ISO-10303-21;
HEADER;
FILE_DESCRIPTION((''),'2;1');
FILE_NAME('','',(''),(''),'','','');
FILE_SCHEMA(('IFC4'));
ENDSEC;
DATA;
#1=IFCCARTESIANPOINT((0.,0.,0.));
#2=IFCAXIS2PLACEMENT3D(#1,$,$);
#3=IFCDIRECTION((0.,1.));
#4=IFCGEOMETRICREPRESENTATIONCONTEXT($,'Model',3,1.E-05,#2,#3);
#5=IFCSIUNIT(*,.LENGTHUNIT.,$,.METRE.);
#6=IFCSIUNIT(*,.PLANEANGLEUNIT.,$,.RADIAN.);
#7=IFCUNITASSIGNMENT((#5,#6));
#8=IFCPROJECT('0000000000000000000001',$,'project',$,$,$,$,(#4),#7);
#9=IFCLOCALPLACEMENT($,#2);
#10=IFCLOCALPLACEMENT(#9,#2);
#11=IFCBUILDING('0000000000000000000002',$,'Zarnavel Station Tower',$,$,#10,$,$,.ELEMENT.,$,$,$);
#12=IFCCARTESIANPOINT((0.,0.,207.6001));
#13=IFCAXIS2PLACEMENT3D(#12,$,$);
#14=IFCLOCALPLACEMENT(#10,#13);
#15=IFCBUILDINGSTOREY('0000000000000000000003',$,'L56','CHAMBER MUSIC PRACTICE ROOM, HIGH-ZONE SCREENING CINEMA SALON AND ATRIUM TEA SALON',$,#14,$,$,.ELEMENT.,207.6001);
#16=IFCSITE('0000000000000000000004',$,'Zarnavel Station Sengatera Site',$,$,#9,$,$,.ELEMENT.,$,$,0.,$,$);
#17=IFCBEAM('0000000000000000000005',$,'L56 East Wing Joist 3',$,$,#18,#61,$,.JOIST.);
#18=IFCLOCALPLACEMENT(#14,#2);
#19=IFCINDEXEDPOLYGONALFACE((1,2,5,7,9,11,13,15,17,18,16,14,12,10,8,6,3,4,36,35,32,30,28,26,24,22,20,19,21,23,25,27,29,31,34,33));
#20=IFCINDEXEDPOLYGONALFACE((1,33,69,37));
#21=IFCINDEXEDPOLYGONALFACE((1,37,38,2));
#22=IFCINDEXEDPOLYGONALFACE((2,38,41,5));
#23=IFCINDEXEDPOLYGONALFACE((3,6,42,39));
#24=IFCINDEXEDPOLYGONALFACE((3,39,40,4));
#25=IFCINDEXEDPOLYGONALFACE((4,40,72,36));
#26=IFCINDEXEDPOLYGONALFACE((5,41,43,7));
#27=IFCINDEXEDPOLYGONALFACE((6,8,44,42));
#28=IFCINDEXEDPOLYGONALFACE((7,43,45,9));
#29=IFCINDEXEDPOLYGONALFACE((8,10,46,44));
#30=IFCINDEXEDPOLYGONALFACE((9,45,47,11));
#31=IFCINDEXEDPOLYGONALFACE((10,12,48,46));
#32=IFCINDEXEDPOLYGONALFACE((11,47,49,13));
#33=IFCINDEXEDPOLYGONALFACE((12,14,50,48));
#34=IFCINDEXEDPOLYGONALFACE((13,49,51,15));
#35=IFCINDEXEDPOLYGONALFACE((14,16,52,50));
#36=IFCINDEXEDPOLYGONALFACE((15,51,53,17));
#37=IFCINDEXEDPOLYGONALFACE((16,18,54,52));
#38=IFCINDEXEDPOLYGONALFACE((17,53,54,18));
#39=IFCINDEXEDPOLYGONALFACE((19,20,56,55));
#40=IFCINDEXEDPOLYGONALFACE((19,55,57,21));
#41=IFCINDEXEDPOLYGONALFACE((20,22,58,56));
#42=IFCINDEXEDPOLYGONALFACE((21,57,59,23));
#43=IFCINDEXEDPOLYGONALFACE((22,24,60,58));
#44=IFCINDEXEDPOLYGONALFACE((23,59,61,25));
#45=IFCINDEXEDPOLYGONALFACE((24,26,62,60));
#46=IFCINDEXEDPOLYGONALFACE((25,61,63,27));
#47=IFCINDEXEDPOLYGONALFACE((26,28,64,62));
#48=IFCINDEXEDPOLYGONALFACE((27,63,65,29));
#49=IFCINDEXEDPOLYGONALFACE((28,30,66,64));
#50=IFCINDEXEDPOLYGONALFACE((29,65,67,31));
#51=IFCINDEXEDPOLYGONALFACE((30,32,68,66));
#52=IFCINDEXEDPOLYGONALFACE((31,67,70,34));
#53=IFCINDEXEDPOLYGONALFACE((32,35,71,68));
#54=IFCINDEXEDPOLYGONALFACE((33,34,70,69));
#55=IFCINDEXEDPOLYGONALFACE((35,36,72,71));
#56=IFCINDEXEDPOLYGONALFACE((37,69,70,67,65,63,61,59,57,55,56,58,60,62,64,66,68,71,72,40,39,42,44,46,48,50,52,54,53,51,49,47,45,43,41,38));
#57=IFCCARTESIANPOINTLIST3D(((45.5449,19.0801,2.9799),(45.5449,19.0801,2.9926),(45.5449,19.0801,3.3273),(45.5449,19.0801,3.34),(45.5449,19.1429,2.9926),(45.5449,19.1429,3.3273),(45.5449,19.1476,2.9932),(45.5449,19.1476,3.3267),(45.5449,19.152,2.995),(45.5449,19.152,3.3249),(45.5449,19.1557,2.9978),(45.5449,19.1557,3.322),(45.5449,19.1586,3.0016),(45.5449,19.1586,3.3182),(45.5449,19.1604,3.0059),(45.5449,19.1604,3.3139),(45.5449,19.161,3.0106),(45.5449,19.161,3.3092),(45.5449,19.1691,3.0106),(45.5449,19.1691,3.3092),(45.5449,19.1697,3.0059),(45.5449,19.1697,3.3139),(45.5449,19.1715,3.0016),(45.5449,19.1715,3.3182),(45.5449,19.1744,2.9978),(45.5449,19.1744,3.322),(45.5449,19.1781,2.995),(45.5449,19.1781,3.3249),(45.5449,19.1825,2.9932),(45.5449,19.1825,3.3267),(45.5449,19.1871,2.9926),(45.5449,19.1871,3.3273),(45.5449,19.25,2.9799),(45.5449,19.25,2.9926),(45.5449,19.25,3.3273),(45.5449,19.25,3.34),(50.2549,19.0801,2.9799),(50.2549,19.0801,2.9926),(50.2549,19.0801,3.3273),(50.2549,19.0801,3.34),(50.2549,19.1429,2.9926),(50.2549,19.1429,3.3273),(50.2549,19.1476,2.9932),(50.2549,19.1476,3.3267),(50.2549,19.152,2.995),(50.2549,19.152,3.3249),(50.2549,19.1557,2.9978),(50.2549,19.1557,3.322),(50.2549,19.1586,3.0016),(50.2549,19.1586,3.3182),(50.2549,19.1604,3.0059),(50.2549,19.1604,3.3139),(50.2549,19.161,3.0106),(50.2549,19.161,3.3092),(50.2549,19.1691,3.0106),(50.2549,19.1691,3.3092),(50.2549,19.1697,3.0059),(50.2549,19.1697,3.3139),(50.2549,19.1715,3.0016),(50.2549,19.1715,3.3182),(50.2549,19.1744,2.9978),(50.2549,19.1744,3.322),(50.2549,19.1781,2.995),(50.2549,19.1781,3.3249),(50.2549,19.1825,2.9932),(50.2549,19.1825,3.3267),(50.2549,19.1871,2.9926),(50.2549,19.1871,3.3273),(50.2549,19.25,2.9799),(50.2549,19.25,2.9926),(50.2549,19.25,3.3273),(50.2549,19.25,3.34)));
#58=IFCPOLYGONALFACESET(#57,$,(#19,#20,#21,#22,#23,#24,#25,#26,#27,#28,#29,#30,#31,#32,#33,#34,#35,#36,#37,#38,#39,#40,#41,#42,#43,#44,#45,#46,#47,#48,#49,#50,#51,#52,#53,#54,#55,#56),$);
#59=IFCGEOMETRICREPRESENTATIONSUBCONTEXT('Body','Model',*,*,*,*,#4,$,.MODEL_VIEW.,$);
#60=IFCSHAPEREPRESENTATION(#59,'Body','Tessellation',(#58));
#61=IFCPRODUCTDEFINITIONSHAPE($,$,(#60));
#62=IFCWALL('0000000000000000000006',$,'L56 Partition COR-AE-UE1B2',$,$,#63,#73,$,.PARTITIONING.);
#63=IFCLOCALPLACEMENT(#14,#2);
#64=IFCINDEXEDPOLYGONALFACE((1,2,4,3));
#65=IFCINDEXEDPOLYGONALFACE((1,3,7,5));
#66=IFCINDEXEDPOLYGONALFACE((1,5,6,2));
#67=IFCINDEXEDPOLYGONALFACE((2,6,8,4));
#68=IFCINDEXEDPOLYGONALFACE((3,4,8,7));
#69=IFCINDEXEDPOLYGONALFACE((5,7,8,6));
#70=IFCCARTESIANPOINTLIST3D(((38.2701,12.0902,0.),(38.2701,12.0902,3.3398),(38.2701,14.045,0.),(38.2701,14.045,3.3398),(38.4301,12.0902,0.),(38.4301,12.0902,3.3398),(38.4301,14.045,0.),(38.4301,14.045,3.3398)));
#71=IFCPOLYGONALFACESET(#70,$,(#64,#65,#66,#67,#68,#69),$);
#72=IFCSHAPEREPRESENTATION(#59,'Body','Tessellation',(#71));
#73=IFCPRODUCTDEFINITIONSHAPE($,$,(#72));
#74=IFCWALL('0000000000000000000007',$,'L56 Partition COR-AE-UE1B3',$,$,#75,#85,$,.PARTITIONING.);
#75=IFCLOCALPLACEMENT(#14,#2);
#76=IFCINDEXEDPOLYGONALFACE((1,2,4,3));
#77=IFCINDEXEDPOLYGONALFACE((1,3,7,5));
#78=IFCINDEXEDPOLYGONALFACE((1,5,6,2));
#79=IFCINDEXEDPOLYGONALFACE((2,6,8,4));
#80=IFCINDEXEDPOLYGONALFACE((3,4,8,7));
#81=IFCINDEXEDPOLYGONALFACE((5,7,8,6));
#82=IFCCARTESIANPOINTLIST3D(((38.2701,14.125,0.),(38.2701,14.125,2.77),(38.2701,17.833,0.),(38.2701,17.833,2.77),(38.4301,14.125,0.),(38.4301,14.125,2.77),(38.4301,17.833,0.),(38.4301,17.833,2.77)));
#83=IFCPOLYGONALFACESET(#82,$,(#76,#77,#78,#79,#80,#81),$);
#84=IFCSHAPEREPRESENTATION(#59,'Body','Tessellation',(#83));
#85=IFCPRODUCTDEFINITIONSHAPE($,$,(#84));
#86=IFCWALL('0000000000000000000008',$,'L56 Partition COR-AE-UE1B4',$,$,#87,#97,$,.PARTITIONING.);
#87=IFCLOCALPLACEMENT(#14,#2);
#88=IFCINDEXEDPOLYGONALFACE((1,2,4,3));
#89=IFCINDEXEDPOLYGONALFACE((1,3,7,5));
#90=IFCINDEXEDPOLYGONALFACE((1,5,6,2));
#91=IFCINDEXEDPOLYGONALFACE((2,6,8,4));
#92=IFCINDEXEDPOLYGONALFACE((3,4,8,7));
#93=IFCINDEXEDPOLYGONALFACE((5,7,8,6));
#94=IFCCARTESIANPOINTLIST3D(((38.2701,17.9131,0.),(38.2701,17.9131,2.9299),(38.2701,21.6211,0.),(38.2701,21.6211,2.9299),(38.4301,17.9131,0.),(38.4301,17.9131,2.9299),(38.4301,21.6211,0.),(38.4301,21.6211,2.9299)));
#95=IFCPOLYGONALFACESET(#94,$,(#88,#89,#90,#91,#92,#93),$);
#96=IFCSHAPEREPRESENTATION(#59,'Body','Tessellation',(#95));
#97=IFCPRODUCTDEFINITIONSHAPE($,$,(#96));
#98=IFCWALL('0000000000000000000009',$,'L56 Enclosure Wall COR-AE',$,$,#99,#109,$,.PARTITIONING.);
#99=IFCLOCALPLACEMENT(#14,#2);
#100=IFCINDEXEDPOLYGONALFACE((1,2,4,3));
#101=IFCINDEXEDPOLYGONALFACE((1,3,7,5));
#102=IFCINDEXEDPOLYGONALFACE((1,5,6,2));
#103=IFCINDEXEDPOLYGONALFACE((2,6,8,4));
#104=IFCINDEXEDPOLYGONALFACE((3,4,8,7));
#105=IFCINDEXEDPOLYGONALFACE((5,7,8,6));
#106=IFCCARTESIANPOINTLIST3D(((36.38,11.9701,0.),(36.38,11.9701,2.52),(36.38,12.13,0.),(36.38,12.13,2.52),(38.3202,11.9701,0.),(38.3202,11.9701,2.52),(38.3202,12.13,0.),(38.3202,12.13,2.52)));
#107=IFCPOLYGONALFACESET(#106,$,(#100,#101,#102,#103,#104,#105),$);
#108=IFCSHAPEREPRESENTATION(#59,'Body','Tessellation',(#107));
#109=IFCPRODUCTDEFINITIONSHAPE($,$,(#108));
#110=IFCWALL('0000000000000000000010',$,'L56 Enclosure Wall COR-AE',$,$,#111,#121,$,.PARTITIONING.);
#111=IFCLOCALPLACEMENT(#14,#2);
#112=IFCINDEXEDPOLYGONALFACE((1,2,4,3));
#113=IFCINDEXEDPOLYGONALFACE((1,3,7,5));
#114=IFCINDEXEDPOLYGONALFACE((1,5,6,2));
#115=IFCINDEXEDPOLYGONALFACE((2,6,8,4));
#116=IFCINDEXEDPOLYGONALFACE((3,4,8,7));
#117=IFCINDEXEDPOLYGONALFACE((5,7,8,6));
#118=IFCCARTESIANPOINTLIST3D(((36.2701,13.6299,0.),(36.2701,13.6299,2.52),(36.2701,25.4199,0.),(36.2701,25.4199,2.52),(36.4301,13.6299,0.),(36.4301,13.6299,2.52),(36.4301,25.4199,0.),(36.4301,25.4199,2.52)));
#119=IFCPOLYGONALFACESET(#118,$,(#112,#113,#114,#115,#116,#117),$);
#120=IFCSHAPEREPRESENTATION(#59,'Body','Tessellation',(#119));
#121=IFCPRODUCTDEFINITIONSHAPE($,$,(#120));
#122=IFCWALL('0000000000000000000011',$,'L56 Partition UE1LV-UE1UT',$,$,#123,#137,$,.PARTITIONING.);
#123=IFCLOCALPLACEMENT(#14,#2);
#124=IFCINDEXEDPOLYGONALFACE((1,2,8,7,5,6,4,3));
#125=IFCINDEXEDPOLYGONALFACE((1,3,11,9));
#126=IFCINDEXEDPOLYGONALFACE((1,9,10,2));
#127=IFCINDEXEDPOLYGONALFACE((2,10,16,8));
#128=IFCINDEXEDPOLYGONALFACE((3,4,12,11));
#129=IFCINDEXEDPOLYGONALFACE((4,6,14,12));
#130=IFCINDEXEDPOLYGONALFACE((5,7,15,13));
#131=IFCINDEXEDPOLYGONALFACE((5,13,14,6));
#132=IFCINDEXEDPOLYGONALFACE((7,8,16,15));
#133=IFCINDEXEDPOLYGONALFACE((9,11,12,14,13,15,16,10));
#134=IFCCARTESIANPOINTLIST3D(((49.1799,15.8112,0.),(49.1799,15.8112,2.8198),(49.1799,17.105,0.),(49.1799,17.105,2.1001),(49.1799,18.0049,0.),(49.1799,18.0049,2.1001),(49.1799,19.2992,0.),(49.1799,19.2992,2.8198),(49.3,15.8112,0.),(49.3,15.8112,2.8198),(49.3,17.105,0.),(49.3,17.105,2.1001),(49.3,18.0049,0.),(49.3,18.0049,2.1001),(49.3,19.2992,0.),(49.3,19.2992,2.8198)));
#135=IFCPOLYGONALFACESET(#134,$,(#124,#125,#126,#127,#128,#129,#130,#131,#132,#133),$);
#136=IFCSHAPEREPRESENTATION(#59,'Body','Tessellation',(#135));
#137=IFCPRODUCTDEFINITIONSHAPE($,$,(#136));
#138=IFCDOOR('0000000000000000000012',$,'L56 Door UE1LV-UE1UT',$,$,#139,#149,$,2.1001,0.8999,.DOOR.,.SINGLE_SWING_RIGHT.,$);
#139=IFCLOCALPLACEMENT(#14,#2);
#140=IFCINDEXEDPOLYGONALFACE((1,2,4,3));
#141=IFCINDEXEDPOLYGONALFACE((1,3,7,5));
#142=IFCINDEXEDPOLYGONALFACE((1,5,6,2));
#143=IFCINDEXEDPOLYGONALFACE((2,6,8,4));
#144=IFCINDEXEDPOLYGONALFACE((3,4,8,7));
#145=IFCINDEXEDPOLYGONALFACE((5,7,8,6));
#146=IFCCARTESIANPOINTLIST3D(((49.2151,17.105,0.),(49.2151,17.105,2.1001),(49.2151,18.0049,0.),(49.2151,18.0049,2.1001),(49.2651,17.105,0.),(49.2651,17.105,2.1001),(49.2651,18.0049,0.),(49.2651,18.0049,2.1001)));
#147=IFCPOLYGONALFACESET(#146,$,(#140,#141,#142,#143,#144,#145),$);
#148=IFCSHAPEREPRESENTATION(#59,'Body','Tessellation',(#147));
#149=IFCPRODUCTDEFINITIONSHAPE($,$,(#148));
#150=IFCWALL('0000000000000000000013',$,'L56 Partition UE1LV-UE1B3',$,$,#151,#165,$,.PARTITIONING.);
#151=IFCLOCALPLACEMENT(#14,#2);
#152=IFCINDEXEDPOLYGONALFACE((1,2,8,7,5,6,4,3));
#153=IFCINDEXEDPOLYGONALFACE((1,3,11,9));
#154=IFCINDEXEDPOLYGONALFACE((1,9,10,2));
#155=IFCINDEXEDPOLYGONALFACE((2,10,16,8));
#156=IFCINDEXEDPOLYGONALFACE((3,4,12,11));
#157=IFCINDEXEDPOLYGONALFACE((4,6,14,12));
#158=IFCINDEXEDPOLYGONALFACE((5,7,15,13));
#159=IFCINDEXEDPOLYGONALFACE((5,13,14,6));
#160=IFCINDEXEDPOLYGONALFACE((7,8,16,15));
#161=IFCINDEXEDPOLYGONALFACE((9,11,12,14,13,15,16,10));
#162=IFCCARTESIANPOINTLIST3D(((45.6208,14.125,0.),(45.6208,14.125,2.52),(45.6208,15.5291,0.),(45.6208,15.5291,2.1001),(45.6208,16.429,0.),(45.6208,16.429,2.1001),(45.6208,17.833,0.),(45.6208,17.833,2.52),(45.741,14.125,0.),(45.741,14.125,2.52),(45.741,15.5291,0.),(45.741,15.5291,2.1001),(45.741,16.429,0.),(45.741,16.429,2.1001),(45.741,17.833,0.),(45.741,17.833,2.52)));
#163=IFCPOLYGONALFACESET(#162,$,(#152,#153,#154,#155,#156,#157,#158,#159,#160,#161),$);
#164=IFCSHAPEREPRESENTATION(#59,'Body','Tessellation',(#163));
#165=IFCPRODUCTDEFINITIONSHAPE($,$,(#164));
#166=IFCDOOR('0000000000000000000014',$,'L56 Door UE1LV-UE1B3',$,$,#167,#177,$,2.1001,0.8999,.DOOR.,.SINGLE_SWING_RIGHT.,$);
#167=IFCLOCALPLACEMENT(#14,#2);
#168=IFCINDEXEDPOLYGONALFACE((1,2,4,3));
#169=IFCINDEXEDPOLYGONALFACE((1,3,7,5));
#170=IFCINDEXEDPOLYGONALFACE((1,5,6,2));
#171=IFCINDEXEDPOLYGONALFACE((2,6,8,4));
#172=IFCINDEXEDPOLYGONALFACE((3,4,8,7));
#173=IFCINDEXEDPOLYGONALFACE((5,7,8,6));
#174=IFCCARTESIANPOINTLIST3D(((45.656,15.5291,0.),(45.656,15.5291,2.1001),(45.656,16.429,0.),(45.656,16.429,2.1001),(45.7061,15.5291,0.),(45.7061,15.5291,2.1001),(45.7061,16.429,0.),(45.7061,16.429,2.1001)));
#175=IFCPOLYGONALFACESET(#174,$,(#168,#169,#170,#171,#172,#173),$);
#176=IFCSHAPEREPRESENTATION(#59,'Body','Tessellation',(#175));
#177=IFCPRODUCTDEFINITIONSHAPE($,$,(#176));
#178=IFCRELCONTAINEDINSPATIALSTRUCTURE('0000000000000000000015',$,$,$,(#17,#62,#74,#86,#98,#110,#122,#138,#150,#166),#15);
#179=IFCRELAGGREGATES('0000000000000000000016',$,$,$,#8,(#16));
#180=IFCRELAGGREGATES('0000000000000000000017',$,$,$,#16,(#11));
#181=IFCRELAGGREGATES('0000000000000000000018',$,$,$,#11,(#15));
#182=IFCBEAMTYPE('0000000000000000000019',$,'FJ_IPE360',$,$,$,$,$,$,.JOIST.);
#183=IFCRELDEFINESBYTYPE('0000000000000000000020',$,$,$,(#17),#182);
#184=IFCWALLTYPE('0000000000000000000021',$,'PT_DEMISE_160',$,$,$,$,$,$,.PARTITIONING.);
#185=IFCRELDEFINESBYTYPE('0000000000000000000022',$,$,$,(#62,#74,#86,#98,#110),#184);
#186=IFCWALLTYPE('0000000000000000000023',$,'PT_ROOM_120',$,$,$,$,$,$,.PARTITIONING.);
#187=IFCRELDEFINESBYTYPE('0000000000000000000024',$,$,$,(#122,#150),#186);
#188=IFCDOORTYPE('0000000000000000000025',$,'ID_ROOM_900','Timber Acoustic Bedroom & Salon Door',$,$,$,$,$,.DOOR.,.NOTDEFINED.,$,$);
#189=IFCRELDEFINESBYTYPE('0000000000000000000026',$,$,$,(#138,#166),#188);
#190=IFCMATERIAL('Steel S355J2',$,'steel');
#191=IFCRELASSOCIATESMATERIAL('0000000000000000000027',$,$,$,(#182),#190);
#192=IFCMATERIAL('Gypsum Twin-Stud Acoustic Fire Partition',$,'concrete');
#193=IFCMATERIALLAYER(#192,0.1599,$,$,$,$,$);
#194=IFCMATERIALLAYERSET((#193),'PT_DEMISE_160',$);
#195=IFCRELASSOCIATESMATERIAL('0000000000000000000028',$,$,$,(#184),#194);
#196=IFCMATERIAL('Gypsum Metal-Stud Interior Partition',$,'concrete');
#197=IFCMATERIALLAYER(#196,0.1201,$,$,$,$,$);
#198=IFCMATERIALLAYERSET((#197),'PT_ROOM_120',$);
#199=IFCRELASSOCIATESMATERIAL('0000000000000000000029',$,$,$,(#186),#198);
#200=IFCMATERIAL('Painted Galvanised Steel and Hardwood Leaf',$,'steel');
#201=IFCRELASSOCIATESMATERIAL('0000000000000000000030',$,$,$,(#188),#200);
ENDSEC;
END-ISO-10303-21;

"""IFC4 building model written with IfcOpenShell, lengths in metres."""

from ifc_helpers import new_model, si_unit, direction, frame, frame_2d, origin, origin_2d, place, context, subcontext, project, spatial, rectangle, i_section, extrude, material, layer, layer_set, material_profile, profile_set, type_object, element, fill, save


model = new_model("IFC4")

# Units and contexts
model_context = context("Model", 3, precision=1e-05, world=origin(), true_north=direction((0.0, 1.0)))
body_context = subcontext(model_context, "Body", "Model", "MODEL_VIEW")
ifc_project = project(units=[si_unit("LENGTHUNIT", "METRE"), si_unit("PLANEANGLEUNIT", "RADIAN")], contexts=[model_context])

# Site, building, storey
site_placement = place(None, origin())
site = spatial("IfcSite", under=ifc_project, at=site_placement, Name="Zarnavel Station Sengatera Site", CompositionType="ELEMENT", RefElevation=0.0)
building_placement = place(site_placement, origin())
building = spatial("IfcBuilding", under=site, at=building_placement, Name="Zarnavel Station Tower", CompositionType="ELEMENT")
storey_placement = place(building_placement, frame((0.0, 0.0, 207.6001)))
storey = spatial("IfcBuildingStorey", under=building, at=storey_placement, Name="L56", Description="CHAMBER MUSIC PRACTICE ROOM, HIGH-ZONE SCREENING CINEMA SALON AND ATRIUM TEA SALON", CompositionType="ELEMENT", Elevation=207.6001)

# Beam
ifc_material_1 = material(Name="Steel S355J2", Category="steel")
ifc_material_profile_1 = material_profile(ifc_material_1, i_section(OverallWidth=0.1699, OverallDepth=0.3601, WebThickness=0.0081, FlangeThickness=0.0127, FilletRadius=0.0181, at=origin_2d()), Name="IPE360")
ifc_profile_set_1 = profile_set([ifc_material_profile_1], Name="Steel S355J2")
beam_type_1 = type_object("IfcBeamType", Name="FJ_IPE360", PredefinedType="JOIST", material=ifc_profile_set_1)
for number, where, z_axis, x_axis, name in (
    (1, (45.5449, 19.165, 3.1599), (1.0, 0.0, 0.0), (0.0, 1.0, 0.0), "L56 East Wing Joist 3"),
):
    element("IfcBeam", number, at=place(storey_placement, frame(where, z_axis=z_axis, x_axis=x_axis)), inside=storey, type_object=beam_type_1, Name=name, PredefinedType="JOIST", context=body_context, shape_type="SweptSolid", body=[
        extrude(i_section(OverallWidth=0.1699, OverallDepth=0.3601, WebThickness=0.0081, FlangeThickness=0.0127, FilletRadius=0.0181, at=origin_2d()), origin(), (0.0, 0.0, 1.0), 4.71),
    ])

# Walls
ifc_material_2 = material(Name="Gypsum Twin-Stud Acoustic Fire Partition", Category="concrete")
ifc_layer_1 = layer(ifc_material_2, 0.1599)
ifc_layer_set_1 = layer_set([ifc_layer_1], Name="PT_DEMISE_160")
wall_type_1 = type_object("IfcWallType", Name="PT_DEMISE_160", PredefinedType="PARTITIONING", material=ifc_layer_set_1)
wall_1_placement = place(storey_placement, frame((38.3501, 12.0901, 0.0), z_axis=(0.0, 0.0, 1.0), x_axis=(0.0, 1.0, 0.0)))
element("IfcWall", 2, at=wall_1_placement, inside=storey, type_object=wall_type_1, Name="L56 Partition COR-AE-UE1B2", PredefinedType="PARTITIONING", context=body_context, shape_type="SweptSolid", body=[
    extrude(rectangle(XDim=1.9548, YDim=0.1599, at=frame_2d((0.9775, 0.0))), origin(), (0.0, 0.0, 1.0), 3.3398),
])
wall_2_placement = place(storey_placement, frame((38.3501, 14.125, 0.0), z_axis=(0.0, 0.0, 1.0), x_axis=(0.0, 1.0, 0.0)))
element("IfcWall", 3, at=wall_2_placement, inside=storey, type_object=wall_type_1, Name="L56 Partition COR-AE-UE1B3", PredefinedType="PARTITIONING", context=body_context, shape_type="SweptSolid", body=[
    extrude(rectangle(XDim=3.708, YDim=0.1599, at=frame_2d((1.854, 0.0))), origin(), (0.0, 0.0, 1.0), 2.77),
])
wall_3_placement = place(storey_placement, frame((38.3501, 17.9131, 0.0), z_axis=(0.0, 0.0, 1.0), x_axis=(0.0, 1.0, 0.0)))
element("IfcWall", 4, at=wall_3_placement, inside=storey, type_object=wall_type_1, Name="L56 Partition COR-AE-UE1B4", PredefinedType="PARTITIONING", context=body_context, shape_type="SweptSolid", body=[
    extrude(rectangle(XDim=3.708, YDim=0.1599, at=frame_2d((1.854, 0.0))), origin(), (0.0, 0.0, 1.0), 2.9299),
])
wall_4_placement = place(storey_placement, frame((36.3799, 12.05, 0.0), z_axis=(0.0, 0.0, 1.0), x_axis=(1.0, 0.0, 0.0)))
element("IfcWall", 5, at=wall_4_placement, inside=storey, type_object=wall_type_1, Name="L56 Enclosure Wall COR-AE", PredefinedType="PARTITIONING", context=body_context, shape_type="SweptSolid", body=[
    extrude(rectangle(XDim=1.9402, YDim=0.1599, at=frame_2d((0.9702, 0.0))), origin(), (0.0, 0.0, 1.0), 2.52),
])
wall_5_placement = place(storey_placement, frame((36.3501, 13.6299, 0.0), z_axis=(0.0, 0.0, 1.0), x_axis=(0.0, 1.0, 0.0)))
element("IfcWall", 6, at=wall_5_placement, inside=storey, type_object=wall_type_1, Name="L56 Enclosure Wall COR-AE", PredefinedType="PARTITIONING", context=body_context, shape_type="SweptSolid", body=[
    extrude(rectangle(XDim=11.79, YDim=0.1599, at=frame_2d((5.895, 0.0))), origin(), (0.0, 0.0, 1.0), 2.52),
])

# Walls, openings, doors
ifc_material_3 = material(Name="Gypsum Metal-Stud Interior Partition", Category="concrete")
ifc_layer_2 = layer(ifc_material_3, 0.1201)
ifc_layer_set_2 = layer_set([ifc_layer_2], Name="PT_ROOM_120")
wall_type_2 = type_object("IfcWallType", Name="PT_ROOM_120", PredefinedType="PARTITIONING", material=ifc_layer_set_2)
wall_6_placement = place(storey_placement, frame((49.24, 15.811, 0.0), z_axis=(0.0, 0.0, 1.0), x_axis=(0.0, 1.0, 0.0)))
wall_6 = element("IfcWall", 7, at=wall_6_placement, inside=storey, type_object=wall_type_2, Name="L56 Partition UE1LV-UE1UT", PredefinedType="PARTITIONING", context=body_context, shape_type="SweptSolid", body=[
    extrude(rectangle(XDim=3.488, YDim=0.1201, at=frame_2d((1.7441, 0.0))), origin(), (0.0, 0.0, 1.0), 2.8198),
])
opening_1_placement = place(wall_6_placement, frame((1.2939, 0.0, 0.0)))
opening_1 = element("IfcOpeningElement", 8, at=opening_1_placement, cuts=wall_6, PredefinedType="OPENING", context=body_context, shape_type="SweptSolid", body=[
    extrude(rectangle(XDim=0.8999, YDim=2.1001, at=frame_2d((0.45, 1.05))), frame((0.0, 0.0701, 0.0), z_axis=(0.0, -1.0, 0.0), x_axis=(1.0, 0.0, 0.0)), (0.0, 0.0, 1.0), 0.1401),
])
ifc_material_4 = material(Name="Painted Galvanised Steel and Hardwood Leaf", Category="steel")
door_type_1 = type_object("IfcDoorType", Name="ID_ROOM_900", Description="Timber Acoustic Bedroom & Salon Door", OperationType="NOTDEFINED", PredefinedType="DOOR", material=ifc_material_4)
door_1_placement = place(opening_1_placement, origin())
door_1 = element("IfcDoor", 9, at=door_1_placement, inside=storey, type_object=door_type_1, Name="L56 Door UE1LV-UE1UT", OperationType="SINGLE_SWING_RIGHT", OverallHeight=2.1001, OverallWidth=0.8999, PredefinedType="DOOR", context=body_context, shape_type="SweptSolid", body=[
    extrude(rectangle(XDim=0.8999, YDim=2.1001, at=frame_2d((0.45, 1.05))), frame((0.0, 0.0249, 0.0), z_axis=(0.0, -1.0, 0.0), x_axis=(1.0, 0.0, 0.0)), (0.0, 0.0, 1.0), 0.05),
])
fill(opening_1, door_1)
wall_7_placement = place(storey_placement, frame((45.6809, 14.125, 0.0), z_axis=(0.0, 0.0, 1.0), x_axis=(0.0, 1.0, 0.0)))
wall_7 = element("IfcWall", 10, at=wall_7_placement, inside=storey, type_object=wall_type_2, Name="L56 Partition UE1LV-UE1B3", PredefinedType="PARTITIONING", context=body_context, shape_type="SweptSolid", body=[
    extrude(rectangle(XDim=3.708, YDim=0.1201, at=frame_2d((1.854, 0.0))), origin(), (0.0, 0.0, 1.0), 2.52),
])
opening_2_placement = place(wall_7_placement, frame((1.4041, 0.0, 0.0)))
opening_2 = element("IfcOpeningElement", 11, at=opening_2_placement, cuts=wall_7, PredefinedType="OPENING", context=body_context, shape_type="SweptSolid", body=[
    extrude(rectangle(XDim=0.8999, YDim=2.1001, at=frame_2d((0.45, 1.05))), frame((0.0, 0.0701, 0.0), z_axis=(0.0, -1.0, 0.0), x_axis=(1.0, 0.0, 0.0)), (0.0, 0.0, 1.0), 0.1401),
])
door_2_placement = place(opening_2_placement, origin())
door_2 = element("IfcDoor", 12, at=door_2_placement, inside=storey, type_object=door_type_1, Name="L56 Door UE1LV-UE1B3", OperationType="SINGLE_SWING_RIGHT", OverallHeight=2.1001, OverallWidth=0.8999, PredefinedType="DOOR", context=body_context, shape_type="SweptSolid", body=[
    extrude(rectangle(XDim=0.8999, YDim=2.1001, at=frame_2d((0.45, 1.05))), frame((0.0, 0.0249, 0.0), z_axis=(0.0, -1.0, 0.0), x_axis=(1.0, 0.0, 0.0)), (0.0, 0.0, 1.0), 0.05),
])
fill(opening_2, door_2)

save(model, "model.ifc")
